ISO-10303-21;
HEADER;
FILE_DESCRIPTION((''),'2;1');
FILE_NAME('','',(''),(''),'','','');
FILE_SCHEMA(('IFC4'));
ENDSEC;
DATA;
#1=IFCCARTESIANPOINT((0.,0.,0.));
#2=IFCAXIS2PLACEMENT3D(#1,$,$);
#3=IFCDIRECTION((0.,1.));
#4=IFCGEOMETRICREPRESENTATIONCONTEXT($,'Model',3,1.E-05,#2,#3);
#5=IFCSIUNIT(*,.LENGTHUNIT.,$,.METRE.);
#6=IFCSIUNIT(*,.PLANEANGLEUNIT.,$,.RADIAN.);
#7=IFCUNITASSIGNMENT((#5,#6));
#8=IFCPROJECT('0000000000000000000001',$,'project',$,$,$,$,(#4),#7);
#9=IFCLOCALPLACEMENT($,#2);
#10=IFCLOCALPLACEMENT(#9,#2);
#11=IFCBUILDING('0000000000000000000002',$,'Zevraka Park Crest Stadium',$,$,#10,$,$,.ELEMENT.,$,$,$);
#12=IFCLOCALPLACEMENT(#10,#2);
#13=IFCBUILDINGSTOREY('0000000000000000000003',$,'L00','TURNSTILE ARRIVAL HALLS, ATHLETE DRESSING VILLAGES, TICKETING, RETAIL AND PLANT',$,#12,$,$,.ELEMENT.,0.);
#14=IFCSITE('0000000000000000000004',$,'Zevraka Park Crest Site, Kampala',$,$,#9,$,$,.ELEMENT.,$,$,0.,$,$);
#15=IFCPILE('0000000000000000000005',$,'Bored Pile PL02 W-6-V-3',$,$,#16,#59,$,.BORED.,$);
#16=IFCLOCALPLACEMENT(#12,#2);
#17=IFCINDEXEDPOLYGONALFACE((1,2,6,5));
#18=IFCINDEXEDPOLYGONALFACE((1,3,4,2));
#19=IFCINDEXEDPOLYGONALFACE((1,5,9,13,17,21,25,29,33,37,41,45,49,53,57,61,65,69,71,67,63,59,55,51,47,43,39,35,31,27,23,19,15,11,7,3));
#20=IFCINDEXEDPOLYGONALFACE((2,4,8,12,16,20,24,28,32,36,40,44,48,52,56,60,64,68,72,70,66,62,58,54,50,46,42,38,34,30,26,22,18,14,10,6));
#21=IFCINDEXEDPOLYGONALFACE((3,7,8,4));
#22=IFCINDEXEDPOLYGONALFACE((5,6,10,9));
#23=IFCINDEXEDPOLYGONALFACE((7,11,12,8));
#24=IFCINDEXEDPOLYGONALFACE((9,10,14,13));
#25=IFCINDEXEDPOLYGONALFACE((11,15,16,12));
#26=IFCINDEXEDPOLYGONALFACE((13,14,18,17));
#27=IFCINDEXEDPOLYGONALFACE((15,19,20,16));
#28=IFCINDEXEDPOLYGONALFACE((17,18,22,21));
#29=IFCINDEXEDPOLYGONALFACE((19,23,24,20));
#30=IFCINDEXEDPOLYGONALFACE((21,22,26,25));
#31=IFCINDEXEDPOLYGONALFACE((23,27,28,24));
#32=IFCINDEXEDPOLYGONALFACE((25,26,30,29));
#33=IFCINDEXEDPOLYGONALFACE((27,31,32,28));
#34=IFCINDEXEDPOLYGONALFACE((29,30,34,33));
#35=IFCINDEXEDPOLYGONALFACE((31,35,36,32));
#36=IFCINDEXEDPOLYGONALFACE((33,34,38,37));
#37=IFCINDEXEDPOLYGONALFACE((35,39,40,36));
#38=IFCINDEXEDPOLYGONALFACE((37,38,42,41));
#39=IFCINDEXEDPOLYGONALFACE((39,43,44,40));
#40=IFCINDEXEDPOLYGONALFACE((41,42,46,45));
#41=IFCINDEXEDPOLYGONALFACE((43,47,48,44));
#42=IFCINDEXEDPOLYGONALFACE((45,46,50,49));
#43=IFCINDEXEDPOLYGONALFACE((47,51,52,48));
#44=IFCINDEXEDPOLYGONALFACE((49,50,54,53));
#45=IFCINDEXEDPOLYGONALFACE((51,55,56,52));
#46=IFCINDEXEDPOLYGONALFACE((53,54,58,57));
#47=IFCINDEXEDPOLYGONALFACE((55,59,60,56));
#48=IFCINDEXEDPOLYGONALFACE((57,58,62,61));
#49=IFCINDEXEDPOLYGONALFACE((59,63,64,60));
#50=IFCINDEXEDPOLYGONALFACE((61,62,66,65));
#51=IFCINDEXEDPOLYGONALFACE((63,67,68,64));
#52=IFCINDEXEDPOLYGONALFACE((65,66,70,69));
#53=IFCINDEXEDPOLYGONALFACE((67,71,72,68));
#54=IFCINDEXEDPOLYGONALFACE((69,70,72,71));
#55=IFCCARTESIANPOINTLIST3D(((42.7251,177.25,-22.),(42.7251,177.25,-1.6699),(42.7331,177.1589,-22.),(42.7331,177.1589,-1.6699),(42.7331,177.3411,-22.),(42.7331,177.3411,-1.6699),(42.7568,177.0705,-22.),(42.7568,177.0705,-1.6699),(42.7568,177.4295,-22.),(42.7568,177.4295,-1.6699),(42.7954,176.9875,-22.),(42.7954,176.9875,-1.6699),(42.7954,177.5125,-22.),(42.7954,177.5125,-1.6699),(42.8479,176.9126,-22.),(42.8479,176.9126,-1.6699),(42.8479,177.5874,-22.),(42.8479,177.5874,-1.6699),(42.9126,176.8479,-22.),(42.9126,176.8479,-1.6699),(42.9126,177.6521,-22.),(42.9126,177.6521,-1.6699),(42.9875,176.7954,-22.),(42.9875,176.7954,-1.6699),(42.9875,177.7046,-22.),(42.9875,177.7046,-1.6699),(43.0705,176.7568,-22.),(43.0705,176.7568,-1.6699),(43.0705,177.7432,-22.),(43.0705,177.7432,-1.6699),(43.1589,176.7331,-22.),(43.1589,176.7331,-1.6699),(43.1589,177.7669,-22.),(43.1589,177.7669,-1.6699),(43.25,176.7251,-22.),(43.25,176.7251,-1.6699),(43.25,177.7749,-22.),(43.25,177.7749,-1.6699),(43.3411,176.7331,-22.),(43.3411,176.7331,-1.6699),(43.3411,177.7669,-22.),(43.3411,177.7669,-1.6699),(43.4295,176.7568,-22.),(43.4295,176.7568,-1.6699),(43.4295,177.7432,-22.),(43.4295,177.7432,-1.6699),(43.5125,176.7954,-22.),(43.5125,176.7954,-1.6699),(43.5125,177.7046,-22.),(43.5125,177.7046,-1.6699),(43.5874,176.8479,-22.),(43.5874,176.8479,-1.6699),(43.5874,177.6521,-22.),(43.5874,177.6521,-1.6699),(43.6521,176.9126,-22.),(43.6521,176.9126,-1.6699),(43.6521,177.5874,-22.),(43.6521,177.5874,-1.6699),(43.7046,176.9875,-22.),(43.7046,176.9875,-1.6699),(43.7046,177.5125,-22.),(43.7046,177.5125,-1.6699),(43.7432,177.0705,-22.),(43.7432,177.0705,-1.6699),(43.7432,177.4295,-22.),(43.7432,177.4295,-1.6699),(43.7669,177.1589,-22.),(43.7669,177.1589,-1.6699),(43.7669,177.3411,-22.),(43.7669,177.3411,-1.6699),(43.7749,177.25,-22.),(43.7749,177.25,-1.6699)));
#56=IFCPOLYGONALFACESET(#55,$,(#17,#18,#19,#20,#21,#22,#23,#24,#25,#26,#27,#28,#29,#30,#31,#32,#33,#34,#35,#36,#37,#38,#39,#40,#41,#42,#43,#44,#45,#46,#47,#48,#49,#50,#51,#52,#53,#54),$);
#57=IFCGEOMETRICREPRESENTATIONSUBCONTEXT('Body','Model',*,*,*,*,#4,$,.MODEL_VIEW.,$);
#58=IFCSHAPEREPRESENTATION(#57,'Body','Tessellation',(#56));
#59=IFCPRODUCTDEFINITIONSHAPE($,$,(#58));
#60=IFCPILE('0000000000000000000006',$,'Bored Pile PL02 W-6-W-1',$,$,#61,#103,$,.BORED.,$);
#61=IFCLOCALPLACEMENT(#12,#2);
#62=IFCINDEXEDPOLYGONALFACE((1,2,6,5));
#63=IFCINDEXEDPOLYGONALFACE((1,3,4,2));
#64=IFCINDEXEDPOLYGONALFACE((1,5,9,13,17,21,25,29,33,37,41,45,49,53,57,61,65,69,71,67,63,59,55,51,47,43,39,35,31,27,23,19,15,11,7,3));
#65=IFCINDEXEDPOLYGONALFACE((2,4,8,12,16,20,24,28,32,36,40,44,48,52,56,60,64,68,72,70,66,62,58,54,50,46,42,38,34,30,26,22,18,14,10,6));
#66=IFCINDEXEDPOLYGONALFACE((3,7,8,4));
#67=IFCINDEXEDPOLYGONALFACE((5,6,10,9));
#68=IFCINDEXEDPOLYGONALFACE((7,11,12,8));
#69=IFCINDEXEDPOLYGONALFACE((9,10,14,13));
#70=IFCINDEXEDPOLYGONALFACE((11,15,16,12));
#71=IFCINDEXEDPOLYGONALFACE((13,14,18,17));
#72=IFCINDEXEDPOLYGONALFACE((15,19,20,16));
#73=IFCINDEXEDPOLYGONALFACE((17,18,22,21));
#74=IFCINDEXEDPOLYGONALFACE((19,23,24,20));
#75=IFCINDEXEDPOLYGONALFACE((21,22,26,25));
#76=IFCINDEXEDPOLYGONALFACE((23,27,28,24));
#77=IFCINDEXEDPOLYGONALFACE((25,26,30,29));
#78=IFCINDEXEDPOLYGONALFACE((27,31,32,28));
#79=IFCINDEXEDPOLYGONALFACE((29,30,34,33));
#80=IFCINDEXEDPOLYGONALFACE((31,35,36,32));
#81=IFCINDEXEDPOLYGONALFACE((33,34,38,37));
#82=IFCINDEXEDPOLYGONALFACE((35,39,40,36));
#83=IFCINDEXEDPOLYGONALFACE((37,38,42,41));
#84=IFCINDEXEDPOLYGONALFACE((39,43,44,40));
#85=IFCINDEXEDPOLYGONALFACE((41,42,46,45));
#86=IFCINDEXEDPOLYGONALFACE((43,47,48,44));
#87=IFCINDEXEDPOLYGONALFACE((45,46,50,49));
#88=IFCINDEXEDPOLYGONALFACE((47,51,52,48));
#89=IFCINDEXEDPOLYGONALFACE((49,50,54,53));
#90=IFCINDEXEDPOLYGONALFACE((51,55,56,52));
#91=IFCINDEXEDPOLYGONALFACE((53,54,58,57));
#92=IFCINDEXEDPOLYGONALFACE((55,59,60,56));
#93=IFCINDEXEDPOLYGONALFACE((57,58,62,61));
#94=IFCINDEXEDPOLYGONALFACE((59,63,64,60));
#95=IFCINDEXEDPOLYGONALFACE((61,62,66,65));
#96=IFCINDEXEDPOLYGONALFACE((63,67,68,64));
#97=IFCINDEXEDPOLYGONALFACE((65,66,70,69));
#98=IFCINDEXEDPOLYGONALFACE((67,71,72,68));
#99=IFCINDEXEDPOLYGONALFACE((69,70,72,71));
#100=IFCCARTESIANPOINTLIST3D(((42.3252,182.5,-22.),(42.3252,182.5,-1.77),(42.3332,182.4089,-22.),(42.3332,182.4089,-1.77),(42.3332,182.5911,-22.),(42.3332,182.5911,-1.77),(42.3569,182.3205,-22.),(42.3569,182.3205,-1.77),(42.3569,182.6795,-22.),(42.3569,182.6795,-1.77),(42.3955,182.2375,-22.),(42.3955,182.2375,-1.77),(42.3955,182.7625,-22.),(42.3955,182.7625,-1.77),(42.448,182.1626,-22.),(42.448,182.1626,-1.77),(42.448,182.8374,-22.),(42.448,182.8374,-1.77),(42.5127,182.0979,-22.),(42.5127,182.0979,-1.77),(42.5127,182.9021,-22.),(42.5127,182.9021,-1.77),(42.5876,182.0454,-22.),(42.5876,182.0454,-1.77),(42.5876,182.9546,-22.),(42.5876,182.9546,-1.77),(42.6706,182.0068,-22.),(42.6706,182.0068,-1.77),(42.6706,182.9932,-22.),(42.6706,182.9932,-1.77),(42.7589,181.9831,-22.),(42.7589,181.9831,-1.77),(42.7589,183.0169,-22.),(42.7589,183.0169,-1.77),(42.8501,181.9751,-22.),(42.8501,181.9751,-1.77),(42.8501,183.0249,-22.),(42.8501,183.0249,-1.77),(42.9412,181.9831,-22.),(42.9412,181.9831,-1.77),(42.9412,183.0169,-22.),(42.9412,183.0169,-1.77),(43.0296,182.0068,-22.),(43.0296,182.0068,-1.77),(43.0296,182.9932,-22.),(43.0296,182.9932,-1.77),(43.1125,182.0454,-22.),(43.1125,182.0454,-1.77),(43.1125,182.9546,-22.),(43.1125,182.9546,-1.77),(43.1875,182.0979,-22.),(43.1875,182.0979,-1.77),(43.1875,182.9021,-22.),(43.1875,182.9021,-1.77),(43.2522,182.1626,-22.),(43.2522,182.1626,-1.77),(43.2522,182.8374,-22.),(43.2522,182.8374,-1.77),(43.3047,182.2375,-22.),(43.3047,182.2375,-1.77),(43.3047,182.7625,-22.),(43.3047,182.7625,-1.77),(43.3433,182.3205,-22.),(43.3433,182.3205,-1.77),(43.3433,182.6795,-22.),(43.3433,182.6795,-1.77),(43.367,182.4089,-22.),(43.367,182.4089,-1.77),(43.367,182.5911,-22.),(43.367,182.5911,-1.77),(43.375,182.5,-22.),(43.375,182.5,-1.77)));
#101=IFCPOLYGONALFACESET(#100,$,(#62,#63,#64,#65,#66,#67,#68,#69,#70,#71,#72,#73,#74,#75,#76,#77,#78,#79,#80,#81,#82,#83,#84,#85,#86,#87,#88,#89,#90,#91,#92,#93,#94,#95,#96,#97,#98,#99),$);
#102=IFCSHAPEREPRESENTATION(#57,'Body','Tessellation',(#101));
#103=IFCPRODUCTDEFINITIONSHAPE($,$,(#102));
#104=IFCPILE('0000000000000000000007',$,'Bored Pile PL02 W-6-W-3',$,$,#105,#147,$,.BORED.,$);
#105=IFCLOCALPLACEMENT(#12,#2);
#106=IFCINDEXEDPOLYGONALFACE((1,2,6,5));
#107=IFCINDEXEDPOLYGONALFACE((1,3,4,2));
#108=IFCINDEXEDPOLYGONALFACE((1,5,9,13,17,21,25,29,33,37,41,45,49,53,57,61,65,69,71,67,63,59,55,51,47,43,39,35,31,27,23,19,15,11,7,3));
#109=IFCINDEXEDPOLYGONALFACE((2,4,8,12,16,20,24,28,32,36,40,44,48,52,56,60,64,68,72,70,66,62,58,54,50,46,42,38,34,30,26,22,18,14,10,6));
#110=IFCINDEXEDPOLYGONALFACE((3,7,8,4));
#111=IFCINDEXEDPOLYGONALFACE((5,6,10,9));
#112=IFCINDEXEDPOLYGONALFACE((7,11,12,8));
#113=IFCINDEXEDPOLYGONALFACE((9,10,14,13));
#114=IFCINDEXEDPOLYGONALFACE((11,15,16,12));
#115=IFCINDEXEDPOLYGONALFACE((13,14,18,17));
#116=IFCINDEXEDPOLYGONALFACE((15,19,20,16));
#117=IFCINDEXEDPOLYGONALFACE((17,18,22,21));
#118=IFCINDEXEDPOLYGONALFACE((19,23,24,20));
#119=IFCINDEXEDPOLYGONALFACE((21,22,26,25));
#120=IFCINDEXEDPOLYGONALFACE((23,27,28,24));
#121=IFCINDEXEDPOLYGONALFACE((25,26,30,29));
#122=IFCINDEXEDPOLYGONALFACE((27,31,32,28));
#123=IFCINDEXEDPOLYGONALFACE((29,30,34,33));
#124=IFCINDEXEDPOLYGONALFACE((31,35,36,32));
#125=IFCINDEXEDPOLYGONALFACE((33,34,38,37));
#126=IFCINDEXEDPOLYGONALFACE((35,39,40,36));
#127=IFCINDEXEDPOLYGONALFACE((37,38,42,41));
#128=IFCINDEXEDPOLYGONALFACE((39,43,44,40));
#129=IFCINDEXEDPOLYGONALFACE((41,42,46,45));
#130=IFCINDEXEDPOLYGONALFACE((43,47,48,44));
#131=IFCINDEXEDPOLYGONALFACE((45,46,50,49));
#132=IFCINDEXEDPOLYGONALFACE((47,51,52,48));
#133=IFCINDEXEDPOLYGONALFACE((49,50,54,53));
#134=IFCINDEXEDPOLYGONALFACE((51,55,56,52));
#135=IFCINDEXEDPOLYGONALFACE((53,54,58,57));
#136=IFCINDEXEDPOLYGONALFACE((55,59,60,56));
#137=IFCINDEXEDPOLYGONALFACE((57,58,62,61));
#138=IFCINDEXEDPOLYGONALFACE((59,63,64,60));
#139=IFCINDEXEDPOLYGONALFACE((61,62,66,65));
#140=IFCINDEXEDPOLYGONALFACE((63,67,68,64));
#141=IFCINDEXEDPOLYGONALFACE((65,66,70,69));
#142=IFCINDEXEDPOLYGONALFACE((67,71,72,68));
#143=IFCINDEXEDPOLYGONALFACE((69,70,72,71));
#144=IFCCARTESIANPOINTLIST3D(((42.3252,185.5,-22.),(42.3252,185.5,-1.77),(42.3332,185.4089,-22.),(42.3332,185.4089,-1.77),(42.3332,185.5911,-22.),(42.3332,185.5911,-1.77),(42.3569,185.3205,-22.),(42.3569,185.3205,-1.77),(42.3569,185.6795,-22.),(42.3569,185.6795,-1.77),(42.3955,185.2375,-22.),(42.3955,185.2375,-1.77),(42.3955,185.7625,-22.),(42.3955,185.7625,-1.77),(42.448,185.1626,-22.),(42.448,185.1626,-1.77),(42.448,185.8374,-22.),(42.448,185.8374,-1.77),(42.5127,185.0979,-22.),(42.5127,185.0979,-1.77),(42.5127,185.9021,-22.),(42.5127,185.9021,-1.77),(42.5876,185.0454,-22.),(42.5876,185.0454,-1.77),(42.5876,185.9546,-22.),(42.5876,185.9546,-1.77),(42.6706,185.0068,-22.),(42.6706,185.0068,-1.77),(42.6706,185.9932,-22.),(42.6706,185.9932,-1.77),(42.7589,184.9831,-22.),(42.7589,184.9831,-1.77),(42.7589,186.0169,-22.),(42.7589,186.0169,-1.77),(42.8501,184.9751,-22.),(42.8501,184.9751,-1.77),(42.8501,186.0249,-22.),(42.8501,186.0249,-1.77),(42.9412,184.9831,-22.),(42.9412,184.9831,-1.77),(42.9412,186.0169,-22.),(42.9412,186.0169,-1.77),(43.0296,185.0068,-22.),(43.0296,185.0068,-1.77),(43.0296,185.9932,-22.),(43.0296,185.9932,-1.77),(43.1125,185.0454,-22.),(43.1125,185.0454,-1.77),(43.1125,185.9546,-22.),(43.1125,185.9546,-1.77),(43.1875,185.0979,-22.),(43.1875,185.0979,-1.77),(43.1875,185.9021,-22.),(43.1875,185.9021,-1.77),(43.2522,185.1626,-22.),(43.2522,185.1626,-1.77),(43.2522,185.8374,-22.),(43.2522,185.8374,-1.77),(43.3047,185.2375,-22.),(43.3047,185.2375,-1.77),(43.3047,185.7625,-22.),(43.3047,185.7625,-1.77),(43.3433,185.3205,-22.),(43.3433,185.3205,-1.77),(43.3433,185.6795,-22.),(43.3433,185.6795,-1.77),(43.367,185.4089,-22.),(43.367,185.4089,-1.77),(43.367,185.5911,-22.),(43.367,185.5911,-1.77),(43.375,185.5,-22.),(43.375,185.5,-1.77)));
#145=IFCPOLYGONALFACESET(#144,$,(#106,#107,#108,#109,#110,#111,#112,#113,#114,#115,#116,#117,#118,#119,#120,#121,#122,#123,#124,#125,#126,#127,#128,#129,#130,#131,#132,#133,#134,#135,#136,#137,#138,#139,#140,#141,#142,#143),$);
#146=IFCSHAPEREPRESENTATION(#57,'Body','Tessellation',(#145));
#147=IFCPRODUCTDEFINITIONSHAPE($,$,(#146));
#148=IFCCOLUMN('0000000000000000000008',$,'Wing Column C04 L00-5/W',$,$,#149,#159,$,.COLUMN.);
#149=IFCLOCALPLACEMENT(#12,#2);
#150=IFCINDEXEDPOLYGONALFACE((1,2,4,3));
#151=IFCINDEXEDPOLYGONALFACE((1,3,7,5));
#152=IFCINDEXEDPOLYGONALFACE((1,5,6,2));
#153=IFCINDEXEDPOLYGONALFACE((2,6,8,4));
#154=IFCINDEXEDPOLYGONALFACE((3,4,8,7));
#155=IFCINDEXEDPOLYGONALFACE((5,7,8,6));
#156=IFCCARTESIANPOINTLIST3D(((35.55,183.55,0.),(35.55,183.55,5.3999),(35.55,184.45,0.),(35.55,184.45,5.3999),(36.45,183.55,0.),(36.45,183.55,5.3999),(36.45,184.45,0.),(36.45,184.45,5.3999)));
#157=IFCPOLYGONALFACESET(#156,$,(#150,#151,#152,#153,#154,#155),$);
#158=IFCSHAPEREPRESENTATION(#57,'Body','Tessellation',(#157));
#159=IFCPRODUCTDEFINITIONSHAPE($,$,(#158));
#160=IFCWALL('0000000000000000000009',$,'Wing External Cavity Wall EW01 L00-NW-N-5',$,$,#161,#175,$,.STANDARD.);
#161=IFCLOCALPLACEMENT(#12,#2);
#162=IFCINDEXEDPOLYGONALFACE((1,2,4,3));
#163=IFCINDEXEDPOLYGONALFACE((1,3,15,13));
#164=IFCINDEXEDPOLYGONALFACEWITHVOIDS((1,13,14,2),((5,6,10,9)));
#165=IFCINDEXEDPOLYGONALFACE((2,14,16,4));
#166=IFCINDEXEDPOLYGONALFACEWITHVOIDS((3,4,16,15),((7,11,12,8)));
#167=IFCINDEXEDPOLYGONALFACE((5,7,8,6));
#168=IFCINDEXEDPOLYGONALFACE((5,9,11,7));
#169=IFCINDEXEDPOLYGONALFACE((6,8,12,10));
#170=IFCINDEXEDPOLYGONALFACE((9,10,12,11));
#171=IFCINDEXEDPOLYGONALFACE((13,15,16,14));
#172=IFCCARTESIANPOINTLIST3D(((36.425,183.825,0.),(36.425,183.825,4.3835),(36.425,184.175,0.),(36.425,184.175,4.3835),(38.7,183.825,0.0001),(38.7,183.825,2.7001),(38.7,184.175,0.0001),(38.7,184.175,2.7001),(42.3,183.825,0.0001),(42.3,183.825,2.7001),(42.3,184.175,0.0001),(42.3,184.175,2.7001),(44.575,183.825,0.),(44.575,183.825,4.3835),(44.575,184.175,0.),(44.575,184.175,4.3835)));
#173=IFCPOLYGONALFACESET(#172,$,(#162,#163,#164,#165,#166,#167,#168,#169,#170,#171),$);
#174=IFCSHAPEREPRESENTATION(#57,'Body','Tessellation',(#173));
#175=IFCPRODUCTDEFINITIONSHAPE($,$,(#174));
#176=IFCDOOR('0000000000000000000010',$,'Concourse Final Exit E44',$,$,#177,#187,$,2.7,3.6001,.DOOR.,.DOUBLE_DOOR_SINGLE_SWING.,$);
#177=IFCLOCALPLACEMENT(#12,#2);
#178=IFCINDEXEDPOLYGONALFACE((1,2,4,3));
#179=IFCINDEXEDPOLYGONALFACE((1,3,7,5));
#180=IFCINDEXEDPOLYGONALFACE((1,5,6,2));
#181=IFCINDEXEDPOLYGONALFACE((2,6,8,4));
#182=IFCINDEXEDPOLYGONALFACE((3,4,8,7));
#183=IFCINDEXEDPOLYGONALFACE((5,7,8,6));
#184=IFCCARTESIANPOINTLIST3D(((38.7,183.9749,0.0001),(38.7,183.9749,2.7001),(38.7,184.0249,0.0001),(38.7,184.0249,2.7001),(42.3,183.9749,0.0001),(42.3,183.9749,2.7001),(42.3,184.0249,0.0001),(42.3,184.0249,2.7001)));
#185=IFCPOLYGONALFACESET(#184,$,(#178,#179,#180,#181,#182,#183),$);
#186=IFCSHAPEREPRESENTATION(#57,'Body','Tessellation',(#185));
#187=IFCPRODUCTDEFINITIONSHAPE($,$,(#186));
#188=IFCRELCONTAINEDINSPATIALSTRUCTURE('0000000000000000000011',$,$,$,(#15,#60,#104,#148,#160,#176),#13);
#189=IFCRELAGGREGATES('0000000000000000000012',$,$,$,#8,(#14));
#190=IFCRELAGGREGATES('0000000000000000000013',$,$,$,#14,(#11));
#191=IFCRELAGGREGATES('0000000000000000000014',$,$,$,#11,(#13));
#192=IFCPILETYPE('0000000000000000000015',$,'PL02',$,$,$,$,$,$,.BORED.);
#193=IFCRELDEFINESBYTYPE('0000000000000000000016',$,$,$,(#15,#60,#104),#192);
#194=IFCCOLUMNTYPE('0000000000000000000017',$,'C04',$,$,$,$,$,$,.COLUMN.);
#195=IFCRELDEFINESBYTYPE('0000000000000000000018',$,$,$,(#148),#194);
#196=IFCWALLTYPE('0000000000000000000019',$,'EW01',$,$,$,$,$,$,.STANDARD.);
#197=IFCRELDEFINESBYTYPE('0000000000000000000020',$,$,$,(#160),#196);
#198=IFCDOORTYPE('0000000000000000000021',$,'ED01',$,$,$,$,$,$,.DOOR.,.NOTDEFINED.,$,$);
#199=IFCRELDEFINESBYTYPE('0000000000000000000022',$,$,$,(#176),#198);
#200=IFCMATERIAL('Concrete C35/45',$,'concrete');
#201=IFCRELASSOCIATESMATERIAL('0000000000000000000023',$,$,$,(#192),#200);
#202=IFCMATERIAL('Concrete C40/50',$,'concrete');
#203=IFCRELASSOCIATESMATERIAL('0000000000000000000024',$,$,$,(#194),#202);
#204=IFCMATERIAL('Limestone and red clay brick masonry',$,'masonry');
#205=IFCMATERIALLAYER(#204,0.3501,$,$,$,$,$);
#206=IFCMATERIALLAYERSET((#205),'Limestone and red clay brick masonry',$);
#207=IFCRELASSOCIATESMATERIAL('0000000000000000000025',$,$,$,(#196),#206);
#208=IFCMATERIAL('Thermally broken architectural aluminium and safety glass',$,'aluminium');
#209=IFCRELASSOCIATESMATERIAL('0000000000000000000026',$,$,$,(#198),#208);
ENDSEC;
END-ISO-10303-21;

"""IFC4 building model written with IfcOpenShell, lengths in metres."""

from ifc_helpers import new_model, si_unit, direction, frame, frame_2d, origin, origin_2d, place, context, subcontext, project, spatial, rectangle, circle, extrude, material, layer, layer_set, material_profile, profile_set, type_object, element, fill, save


model = new_model("IFC4")

# Units and contexts
model_context = context("Model", 3, precision=1e-05, world=origin(), true_north=direction((0.0, 1.0)))
body_context = subcontext(model_context, "Body", "Model", "MODEL_VIEW")
ifc_project = project(units=[si_unit("LENGTHUNIT", "METRE"), si_unit("PLANEANGLEUNIT", "RADIAN")], contexts=[model_context])

# Site, building, storey
site_placement = place(None, origin())
site = spatial("IfcSite", under=ifc_project, at=site_placement, Name="Zevraka Park Crest Site, Kampala", CompositionType="ELEMENT", RefElevation=0.0)
building_placement = place(site_placement, origin())
building = spatial("IfcBuilding", under=site, at=building_placement, Name="Zevraka Park Crest Stadium", CompositionType="ELEMENT")
storey_placement = place(building_placement, origin())
storey = spatial("IfcBuildingStorey", under=building, at=storey_placement, Name="L00", Description="TURNSTILE ARRIVAL HALLS, ATHLETE DRESSING VILLAGES, TICKETING, RETAIL AND PLANT", CompositionType="ELEMENT", Elevation=0.0)

# Piles
ifc_material_1 = material(Name="Concrete C35/45", Category="concrete")
ifc_material_profile_1 = material_profile(ifc_material_1, circle(Radius=0.5249, at=origin_2d()), Name="PILE D1050")
ifc_profile_set_1 = profile_set([ifc_material_profile_1], Name="Concrete C35/45")
pile_type_1 = type_object("IfcPileType", Name="PL02", PredefinedType="BORED", material=ifc_profile_set_1)
for number, where, z_axis, x_axis, name in (
    (1, (43.25, 177.25, -1.6699), (0.0, 0.0, -1.0), (1.0, 0.0, 0.0), "Bored Pile PL02 W-6-V-3"),
):
    element("IfcPile", number, at=place(storey_placement, frame(where, z_axis=z_axis, x_axis=x_axis)), inside=storey, type_object=pile_type_1, Name=name, PredefinedType="BORED", context=body_context, shape_type="SweptSolid", body=[
        extrude(circle(Radius=0.5249, at=origin_2d()), origin(), (0.0, 0.0, 1.0), 20.3301),
    ])
for number, where, z_axis, x_axis, name in (
    (2, (42.8501, 182.5, -1.77), (0.0, 0.0, -1.0), (1.0, 0.0, 0.0), "Bored Pile PL02 W-6-W-1"),
    (3, (42.8501, 185.5, -1.77), (0.0, 0.0, -1.0), (1.0, 0.0, 0.0), "Bored Pile PL02 W-6-W-3"),
):
    element("IfcPile", number, at=place(storey_placement, frame(where, z_axis=z_axis, x_axis=x_axis)), inside=storey, type_object=pile_type_1, Name=name, PredefinedType="BORED", context=body_context, shape_type="SweptSolid", body=[
        extrude(circle(Radius=0.5249, at=origin_2d()), origin(), (0.0, 0.0, 1.0), 20.23),
    ])

# Column
ifc_material_2 = material(Name="Concrete C40/50", Category="concrete")
ifc_material_profile_2 = material_profile(ifc_material_2, rectangle(XDim=0.8999, YDim=0.8999, at=origin_2d()), Name="RC 900x900")
ifc_profile_set_2 = profile_set([ifc_material_profile_2], Name="Concrete C40/50")
column_type = type_object("IfcColumnType", Name="C04", PredefinedType="COLUMN", material=ifc_profile_set_2)
column_placement = place(storey_placement, frame((36.0, 184.0, 0.0), z_axis=(0.0, 0.0, 1.0), x_axis=(1.0, 0.0, 0.0)))
element("IfcColumn", 4, at=column_placement, inside=storey, type_object=column_type, Name="Wing Column C04 L00-5/W", PredefinedType="COLUMN", context=body_context, shape_type="SweptSolid", body=[
    extrude(rectangle(XDim=0.8999, YDim=0.8999, at=origin_2d()), origin(), (0.0, 0.0, 1.0), 5.3999),
])

# Wall, opening, door
ifc_material_3 = material(Name="Limestone and red clay brick masonry", Category="masonry")
ifc_layer_1 = layer(ifc_material_3, 0.3501)
ifc_layer_set_1 = layer_set([ifc_layer_1], Name="Limestone and red clay brick masonry")
wall_type_1 = type_object("IfcWallType", Name="EW01", PredefinedType="STANDARD", material=ifc_layer_set_1)
wall_1_placement = place(storey_placement, frame((36.425, 184.0, 0.0), z_axis=(0.0, 0.0, 1.0), x_axis=(1.0, 0.0, 0.0)))
wall_1 = element("IfcWall", 5, at=wall_1_placement, inside=storey, type_object=wall_type_1, Name="Wing External Cavity Wall EW01 L00-NW-N-5", PredefinedType="STANDARD", context=body_context, shape_type="SweptSolid", body=[
    extrude(rectangle(XDim=8.1499, YDim=0.3501, at=frame_2d((4.075, 0.0))), origin(), (0.0, 0.0, 1.0), 4.3835),
])
opening_1_placement = place(wall_1_placement, frame((2.2749, 0.0, 0.0)))
opening_1 = element("IfcOpeningElement", 6, at=opening_1_placement, cuts=wall_1, PredefinedType="OPENING", context=body_context, shape_type="SweptSolid", body=[
    extrude(rectangle(XDim=3.6001, YDim=2.7, at=frame_2d((1.8, 1.3501))), frame((0.0, 0.1851, 0.0), z_axis=(0.0, -1.0, 0.0), x_axis=(1.0, 0.0, 0.0)), (0.0, 0.0, 1.0), 0.3701),
])
ifc_material_4 = material(Name="Thermally broken architectural aluminium and safety glass", Category="aluminium")
door_type_1 = type_object("IfcDoorType", Name="ED01", OperationType="NOTDEFINED", PredefinedType="DOOR", material=ifc_material_4)
door_1_placement = place(opening_1_placement, origin())
door_1 = element("IfcDoor", 7, at=door_1_placement, inside=storey, type_object=door_type_1, Name="Concourse Final Exit E44", OperationType="DOUBLE_DOOR_SINGLE_SWING", OverallHeight=2.7, OverallWidth=3.6001, PredefinedType="DOOR", context=body_context, shape_type="SweptSolid", body=[
    extrude(rectangle(XDim=3.6001, YDim=2.7, at=frame_2d((1.8, 1.3501))), frame((0.0, 0.0249, 0.0), z_axis=(0.0, -1.0, 0.0), x_axis=(1.0, 0.0, 0.0)), (0.0, 0.0, 1.0), 0.05),
])
fill(opening_1, door_1)

save(model, "model.ifc")
